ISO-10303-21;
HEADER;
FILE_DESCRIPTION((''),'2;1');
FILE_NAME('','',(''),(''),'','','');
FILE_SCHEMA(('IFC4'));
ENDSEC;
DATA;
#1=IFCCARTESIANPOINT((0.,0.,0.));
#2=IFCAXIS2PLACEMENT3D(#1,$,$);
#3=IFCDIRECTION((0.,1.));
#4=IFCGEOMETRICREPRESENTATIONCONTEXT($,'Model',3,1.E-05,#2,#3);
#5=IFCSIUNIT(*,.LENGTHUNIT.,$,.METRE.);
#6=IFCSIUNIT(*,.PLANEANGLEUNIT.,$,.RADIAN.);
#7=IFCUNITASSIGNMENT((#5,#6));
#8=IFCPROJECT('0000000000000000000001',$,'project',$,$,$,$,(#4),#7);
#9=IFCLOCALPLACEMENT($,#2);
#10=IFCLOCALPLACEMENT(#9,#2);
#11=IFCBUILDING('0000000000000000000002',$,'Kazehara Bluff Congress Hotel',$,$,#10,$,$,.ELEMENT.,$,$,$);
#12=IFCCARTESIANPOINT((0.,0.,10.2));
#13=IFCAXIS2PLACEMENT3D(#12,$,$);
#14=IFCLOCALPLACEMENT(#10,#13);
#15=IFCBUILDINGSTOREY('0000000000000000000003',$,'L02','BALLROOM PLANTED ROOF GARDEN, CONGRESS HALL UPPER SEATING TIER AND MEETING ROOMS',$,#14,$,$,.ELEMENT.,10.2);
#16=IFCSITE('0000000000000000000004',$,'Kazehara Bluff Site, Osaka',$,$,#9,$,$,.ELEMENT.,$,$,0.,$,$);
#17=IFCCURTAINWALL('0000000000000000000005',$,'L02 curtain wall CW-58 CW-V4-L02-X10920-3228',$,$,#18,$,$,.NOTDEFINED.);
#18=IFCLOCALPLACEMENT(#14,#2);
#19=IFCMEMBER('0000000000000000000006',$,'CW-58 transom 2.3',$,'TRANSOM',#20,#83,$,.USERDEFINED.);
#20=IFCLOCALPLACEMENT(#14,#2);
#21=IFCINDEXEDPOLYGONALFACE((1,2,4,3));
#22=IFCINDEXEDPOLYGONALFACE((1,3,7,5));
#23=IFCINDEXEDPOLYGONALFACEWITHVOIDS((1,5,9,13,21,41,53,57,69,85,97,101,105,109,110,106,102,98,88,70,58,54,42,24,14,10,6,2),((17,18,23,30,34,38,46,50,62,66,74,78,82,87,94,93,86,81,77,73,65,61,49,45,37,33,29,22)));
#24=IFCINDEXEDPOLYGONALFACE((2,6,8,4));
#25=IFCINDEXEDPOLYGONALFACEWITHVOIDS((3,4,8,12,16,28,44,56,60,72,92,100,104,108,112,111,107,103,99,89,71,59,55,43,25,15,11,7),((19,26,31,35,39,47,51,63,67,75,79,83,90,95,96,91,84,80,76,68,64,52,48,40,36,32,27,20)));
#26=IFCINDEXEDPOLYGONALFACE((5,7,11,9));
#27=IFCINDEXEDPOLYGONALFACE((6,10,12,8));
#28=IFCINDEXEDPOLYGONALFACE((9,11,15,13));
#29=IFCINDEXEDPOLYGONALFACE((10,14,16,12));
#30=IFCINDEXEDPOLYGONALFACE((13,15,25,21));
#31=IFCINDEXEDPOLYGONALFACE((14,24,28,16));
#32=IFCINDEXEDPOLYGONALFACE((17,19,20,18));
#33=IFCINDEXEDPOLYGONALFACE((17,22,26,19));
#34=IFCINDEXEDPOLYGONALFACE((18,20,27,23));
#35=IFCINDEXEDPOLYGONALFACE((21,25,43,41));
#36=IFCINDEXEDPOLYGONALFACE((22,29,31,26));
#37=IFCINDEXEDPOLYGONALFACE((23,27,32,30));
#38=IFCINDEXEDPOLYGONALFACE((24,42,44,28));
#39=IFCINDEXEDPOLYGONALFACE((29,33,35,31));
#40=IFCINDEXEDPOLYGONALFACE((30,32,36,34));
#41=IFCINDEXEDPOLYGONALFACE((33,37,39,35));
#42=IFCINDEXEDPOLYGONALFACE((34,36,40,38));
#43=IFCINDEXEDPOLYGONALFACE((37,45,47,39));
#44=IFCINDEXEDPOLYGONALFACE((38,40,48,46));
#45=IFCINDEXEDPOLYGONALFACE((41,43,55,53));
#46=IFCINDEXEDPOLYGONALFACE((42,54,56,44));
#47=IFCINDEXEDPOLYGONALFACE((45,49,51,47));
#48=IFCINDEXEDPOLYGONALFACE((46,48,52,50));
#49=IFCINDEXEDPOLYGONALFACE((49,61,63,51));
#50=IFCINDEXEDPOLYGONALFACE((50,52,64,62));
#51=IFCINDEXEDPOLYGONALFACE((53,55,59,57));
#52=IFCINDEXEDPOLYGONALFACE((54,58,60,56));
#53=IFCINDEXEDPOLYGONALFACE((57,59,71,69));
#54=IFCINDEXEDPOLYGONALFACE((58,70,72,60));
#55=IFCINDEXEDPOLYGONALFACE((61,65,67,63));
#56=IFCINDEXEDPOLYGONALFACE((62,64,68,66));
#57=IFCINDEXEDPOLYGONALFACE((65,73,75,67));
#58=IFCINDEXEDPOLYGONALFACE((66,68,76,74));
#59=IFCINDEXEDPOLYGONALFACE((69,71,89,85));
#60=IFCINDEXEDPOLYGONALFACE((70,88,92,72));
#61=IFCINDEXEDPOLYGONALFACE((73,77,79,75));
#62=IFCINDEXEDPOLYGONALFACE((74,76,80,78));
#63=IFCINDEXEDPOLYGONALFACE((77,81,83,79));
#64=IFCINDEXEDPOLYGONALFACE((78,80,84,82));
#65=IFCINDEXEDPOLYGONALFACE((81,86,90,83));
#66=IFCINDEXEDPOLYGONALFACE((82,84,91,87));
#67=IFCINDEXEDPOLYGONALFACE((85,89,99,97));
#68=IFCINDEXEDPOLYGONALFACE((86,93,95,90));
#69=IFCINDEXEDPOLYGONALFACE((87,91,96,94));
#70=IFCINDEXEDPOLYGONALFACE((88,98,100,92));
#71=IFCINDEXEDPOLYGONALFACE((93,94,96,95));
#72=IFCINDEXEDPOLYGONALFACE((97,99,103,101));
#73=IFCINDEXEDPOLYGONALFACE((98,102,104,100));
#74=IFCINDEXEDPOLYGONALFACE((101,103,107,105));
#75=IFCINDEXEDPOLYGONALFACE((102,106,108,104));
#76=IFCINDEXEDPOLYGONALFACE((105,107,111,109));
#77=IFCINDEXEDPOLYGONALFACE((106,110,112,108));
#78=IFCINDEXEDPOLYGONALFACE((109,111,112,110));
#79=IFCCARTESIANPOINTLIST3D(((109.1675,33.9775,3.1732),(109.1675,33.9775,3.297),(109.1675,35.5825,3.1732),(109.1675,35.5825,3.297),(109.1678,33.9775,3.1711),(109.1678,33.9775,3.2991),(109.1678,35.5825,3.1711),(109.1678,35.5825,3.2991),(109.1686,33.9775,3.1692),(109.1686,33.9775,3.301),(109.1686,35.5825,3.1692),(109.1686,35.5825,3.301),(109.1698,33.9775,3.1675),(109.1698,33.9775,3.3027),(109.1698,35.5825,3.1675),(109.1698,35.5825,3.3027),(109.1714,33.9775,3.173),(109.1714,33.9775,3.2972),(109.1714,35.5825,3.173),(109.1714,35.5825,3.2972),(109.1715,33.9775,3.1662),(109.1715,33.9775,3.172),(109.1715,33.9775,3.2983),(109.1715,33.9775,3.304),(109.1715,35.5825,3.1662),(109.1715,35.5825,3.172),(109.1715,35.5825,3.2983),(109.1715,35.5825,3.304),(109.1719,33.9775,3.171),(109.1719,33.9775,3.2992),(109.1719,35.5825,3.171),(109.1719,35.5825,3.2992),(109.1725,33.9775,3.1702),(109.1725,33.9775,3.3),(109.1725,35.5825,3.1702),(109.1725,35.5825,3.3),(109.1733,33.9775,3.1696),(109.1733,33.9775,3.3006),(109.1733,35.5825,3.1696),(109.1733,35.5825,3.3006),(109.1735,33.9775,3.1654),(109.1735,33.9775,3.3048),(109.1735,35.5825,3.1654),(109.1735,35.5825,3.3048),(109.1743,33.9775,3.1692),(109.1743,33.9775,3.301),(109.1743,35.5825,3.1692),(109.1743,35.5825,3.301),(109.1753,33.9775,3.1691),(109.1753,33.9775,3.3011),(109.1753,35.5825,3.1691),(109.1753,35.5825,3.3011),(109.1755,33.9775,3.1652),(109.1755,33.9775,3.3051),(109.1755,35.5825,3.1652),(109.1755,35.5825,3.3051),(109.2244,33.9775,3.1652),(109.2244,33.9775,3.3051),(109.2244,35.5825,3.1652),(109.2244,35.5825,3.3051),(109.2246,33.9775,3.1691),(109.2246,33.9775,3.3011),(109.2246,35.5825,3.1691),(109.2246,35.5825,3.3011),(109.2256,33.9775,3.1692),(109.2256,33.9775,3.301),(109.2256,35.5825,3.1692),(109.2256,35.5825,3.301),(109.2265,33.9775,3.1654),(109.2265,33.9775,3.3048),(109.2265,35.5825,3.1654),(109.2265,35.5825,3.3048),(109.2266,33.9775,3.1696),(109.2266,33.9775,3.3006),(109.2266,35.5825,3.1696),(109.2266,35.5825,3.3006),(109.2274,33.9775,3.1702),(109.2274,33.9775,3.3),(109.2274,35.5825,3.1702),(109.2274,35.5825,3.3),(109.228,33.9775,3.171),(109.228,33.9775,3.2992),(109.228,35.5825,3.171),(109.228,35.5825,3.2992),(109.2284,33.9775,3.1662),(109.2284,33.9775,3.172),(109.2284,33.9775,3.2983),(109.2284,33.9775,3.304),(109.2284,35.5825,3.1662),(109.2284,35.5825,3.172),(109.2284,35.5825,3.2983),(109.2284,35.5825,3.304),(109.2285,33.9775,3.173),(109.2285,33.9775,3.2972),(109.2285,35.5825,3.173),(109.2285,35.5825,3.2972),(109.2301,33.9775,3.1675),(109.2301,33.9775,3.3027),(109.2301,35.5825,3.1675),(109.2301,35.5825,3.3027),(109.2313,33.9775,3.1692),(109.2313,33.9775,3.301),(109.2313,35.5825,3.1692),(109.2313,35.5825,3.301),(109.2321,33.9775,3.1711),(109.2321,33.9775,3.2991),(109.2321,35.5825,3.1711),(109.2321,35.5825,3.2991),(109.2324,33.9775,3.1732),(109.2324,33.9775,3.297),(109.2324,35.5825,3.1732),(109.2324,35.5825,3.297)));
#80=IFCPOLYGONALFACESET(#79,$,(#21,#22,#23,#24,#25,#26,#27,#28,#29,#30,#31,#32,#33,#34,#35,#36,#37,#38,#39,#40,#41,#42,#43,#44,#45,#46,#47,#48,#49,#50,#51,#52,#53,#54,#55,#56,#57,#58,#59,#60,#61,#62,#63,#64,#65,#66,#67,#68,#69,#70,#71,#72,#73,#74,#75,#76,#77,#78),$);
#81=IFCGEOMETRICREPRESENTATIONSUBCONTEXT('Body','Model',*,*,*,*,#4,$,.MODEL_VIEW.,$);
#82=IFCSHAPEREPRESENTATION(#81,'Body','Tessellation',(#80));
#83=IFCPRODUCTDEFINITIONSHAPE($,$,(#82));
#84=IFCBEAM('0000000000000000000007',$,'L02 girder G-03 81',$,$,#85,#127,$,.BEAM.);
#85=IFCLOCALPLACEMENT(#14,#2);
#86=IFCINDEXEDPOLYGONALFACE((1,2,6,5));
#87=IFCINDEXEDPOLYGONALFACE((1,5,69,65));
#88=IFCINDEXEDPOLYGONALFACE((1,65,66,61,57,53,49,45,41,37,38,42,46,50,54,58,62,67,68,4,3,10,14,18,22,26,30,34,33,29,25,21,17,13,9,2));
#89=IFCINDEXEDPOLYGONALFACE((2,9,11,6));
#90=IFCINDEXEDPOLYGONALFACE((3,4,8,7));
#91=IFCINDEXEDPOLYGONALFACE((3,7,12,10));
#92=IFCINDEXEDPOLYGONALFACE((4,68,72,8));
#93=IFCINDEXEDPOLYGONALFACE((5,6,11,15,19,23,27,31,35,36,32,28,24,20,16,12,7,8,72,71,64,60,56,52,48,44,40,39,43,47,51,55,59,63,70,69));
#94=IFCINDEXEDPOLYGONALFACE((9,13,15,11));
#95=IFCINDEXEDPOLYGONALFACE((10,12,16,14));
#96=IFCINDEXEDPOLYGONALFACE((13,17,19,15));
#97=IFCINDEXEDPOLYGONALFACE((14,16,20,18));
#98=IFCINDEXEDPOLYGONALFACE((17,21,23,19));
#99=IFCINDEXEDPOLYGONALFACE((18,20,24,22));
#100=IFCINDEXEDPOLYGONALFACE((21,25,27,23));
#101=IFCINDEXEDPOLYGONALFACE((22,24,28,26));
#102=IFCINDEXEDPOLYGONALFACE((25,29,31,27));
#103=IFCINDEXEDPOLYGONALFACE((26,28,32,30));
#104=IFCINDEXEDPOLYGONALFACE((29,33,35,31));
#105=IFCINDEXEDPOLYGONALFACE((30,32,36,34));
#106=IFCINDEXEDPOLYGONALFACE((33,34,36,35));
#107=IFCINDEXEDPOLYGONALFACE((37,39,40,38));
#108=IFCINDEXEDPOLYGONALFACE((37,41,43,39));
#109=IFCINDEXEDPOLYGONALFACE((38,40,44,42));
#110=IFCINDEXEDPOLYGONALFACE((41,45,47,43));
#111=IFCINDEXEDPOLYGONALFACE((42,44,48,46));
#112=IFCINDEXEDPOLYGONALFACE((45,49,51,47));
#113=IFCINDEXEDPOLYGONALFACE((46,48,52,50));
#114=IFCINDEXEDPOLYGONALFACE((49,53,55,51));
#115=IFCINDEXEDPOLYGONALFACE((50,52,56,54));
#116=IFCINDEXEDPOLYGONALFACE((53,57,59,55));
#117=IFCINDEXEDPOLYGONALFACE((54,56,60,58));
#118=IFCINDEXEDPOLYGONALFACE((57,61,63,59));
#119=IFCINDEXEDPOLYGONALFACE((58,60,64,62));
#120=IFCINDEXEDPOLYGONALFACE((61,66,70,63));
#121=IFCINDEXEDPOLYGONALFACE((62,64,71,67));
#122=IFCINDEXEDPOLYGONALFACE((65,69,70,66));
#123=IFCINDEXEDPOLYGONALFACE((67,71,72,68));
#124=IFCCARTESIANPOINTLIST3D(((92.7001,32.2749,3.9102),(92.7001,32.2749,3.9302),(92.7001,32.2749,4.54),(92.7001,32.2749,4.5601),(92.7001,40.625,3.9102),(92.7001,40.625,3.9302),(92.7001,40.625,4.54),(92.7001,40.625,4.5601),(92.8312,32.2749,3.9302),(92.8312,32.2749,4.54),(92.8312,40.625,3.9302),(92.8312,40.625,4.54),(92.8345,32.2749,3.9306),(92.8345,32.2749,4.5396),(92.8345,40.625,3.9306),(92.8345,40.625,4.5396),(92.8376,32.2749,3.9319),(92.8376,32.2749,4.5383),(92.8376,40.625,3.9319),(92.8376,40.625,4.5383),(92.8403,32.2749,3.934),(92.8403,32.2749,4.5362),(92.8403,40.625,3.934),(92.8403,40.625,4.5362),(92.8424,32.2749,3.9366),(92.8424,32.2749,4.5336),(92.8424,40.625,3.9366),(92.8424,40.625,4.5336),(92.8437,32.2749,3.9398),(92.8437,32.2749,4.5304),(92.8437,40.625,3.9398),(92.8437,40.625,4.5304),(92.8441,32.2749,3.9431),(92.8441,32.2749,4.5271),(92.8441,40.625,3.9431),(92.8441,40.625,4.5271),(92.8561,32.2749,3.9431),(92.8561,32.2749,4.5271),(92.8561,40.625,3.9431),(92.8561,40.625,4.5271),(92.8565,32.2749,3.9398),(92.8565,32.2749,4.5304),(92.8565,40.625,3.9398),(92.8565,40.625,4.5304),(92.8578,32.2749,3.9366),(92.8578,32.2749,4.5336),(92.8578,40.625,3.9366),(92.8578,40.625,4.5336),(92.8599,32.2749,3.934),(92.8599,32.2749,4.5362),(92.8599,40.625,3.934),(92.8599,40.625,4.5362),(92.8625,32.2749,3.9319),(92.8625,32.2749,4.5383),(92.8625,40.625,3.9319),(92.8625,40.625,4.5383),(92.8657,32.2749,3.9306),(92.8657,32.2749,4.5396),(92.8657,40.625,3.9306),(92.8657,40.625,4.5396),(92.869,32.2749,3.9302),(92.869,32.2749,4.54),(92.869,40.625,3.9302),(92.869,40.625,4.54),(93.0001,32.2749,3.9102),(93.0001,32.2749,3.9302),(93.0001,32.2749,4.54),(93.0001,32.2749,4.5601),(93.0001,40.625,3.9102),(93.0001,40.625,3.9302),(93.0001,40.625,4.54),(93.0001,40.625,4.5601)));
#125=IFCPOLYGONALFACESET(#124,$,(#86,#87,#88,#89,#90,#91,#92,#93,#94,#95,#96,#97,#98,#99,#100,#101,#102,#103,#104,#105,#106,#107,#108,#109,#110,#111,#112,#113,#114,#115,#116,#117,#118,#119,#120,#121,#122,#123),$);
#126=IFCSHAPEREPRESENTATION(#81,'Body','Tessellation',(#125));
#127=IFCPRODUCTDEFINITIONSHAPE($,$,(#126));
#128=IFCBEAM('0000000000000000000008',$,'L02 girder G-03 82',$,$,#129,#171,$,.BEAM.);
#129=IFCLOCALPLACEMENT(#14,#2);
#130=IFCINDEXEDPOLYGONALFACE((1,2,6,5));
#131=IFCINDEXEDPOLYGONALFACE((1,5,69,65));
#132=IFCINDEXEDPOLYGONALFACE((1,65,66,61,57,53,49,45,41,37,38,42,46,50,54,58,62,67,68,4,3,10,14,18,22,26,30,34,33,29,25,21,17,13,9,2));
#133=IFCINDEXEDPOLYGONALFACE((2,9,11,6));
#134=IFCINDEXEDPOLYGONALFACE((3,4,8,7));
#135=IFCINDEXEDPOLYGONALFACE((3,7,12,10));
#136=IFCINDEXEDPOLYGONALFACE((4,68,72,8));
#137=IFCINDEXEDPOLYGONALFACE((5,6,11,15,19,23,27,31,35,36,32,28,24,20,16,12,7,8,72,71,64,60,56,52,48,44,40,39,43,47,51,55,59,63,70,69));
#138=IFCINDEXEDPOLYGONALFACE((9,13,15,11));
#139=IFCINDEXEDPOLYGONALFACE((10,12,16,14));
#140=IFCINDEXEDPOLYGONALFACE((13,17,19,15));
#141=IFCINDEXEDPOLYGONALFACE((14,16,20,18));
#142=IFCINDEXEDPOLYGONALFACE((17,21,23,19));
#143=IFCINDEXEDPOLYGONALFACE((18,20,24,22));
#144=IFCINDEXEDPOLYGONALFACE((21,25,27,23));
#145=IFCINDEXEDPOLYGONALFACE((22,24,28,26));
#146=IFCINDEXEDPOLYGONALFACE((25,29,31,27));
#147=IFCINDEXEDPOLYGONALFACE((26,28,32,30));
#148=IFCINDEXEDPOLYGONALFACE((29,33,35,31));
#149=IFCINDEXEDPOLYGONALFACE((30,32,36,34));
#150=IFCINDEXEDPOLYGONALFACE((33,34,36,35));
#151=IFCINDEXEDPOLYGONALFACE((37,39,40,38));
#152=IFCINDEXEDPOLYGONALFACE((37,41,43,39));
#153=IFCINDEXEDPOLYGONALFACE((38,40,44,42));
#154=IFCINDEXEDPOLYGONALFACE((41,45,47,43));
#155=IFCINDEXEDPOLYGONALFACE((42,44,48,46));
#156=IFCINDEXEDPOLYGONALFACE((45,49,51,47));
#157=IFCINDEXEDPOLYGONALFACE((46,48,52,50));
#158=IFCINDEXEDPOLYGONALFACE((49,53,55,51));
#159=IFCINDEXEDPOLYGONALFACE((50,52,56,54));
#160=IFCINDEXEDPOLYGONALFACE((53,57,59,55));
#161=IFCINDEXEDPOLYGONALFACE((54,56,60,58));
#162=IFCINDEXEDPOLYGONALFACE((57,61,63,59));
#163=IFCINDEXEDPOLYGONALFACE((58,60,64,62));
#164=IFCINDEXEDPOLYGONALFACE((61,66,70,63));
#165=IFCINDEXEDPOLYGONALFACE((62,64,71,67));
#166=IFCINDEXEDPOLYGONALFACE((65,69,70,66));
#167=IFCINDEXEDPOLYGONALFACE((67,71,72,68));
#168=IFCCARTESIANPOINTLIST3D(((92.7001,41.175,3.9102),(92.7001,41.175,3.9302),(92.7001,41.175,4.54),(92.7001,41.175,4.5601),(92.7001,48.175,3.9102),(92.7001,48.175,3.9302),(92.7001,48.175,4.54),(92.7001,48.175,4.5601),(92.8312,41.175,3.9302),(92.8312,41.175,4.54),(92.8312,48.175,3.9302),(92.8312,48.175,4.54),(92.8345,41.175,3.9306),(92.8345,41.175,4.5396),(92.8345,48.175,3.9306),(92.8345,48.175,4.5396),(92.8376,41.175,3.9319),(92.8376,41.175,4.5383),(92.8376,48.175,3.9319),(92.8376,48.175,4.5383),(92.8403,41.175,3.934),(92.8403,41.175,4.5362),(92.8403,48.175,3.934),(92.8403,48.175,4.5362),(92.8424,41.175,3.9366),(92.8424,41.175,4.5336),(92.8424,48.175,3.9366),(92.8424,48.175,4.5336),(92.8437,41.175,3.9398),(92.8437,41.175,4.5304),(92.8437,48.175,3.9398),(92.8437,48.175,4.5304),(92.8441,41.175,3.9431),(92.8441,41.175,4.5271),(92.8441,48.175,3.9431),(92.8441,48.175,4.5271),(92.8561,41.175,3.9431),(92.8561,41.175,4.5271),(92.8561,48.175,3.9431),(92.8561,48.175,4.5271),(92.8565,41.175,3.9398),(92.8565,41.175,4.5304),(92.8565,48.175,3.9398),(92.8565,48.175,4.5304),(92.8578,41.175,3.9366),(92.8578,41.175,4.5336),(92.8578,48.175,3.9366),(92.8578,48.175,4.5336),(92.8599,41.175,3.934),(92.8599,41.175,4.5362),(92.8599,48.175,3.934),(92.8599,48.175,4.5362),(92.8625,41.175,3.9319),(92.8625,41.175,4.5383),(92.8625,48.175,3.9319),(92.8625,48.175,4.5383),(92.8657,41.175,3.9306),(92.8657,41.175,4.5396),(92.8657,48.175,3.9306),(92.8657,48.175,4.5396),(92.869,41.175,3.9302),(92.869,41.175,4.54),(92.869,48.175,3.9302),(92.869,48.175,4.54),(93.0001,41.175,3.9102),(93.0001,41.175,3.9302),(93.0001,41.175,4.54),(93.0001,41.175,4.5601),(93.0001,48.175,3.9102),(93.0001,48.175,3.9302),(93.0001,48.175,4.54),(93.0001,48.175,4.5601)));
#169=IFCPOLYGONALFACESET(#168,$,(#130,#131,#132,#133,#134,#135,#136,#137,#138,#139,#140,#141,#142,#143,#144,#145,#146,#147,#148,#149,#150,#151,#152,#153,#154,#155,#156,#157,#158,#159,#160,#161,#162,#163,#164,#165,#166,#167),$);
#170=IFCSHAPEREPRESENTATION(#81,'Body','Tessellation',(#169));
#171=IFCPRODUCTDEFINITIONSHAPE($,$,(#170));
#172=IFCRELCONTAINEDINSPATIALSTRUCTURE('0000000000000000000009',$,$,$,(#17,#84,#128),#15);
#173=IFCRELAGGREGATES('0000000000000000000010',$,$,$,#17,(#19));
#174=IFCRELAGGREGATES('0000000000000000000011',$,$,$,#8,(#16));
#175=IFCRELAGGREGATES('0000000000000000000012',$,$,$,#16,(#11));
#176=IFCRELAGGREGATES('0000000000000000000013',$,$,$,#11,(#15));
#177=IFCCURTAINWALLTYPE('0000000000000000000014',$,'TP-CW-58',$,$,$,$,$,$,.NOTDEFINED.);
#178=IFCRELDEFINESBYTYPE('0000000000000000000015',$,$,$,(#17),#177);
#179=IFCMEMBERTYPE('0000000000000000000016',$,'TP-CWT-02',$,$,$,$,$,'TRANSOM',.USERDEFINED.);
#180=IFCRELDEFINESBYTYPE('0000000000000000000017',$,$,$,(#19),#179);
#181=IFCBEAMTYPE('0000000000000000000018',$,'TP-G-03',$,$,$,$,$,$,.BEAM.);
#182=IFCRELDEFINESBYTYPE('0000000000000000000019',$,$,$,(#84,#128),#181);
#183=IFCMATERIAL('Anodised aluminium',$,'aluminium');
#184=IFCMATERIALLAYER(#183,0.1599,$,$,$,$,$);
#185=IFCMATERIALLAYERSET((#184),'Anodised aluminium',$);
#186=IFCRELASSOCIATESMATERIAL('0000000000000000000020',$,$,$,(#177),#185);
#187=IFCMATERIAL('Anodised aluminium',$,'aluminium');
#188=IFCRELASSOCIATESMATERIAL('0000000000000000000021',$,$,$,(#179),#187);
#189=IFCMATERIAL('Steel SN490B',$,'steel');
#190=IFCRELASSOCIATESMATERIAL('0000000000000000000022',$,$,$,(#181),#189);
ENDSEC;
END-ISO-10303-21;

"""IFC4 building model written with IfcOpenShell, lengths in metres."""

from ifc_helpers import new_model, si_unit, direction, frame, origin, origin_2d, place, context, subcontext, project, spatial, hollow_rectangle, i_section, extrude, material, layer, layer_set, material_profile, profile_set, type_object, element, aggregate, save


model = new_model("IFC4")

# Units and contexts
model_context = context("Model", 3, precision=1e-05, world=origin(), true_north=direction((0.0, 1.0)))
body_context = subcontext(model_context, "Body", "Model", "MODEL_VIEW")
ifc_project = project(units=[si_unit("LENGTHUNIT", "METRE"), si_unit("PLANEANGLEUNIT", "RADIAN")], contexts=[model_context])

# Site, building, storey
site_placement = place(None, origin())
site = spatial("IfcSite", under=ifc_project, at=site_placement, Name="Kazehara Bluff Site, Osaka", CompositionType="ELEMENT", RefElevation=0.0)
building_placement = place(site_placement, origin())
building = spatial("IfcBuilding", under=site, at=building_placement, Name="Kazehara Bluff Congress Hotel", CompositionType="ELEMENT")
storey_placement = place(building_placement, frame((0.0, 0.0, 10.2)))
storey = spatial("IfcBuildingStorey", under=building, at=storey_placement, Name="L02", Description="BALLROOM PLANTED ROOF GARDEN, CONGRESS HALL UPPER SEATING TIER AND MEETING ROOMS", CompositionType="ELEMENT", Elevation=10.2)

# Curtain wall, member
ifc_material_1 = material(Name="Anodised aluminium", Category="aluminium")
ifc_layer_1 = layer(ifc_material_1, 0.1599)
ifc_layer_set_1 = layer_set([ifc_layer_1], Name="Anodised aluminium")
curtain_wall_type = type_object("IfcCurtainWallType", Name="TP-CW-58", PredefinedType="NOTDEFINED", material=ifc_layer_set_1)
curtain_wall_placement = place(storey_placement, origin())
curtain_wall = element("IfcCurtainWall", 1, at=curtain_wall_placement, inside=storey, type_object=curtain_wall_type, Name="L02 curtain wall CW-58 CW-V4-L02-X10920-3228", PredefinedType="NOTDEFINED")
ifc_material_2 = material(Name="Anodised aluminium", Category="aluminium")
ifc_material_profile_1 = material_profile(ifc_material_2, hollow_rectangle(XDim=0.0649, YDim=0.1399, WallThickness=0.0039, InnerFilletRadius=0.0039, OuterFilletRadius=0.0081, at=origin_2d()))
ifc_profile_set_1 = profile_set([ifc_material_profile_1], Name="Anodised aluminium")
member_type_1 = type_object("IfcMemberType", Name="TP-CWT-02", ElementType="TRANSOM", PredefinedType="USERDEFINED", material=ifc_profile_set_1)
member_1_placement = place(storey_placement, frame((109.2, 33.9775, 3.2351), z_axis=(0.0, 1.0, 0.0), x_axis=(-1.0, 0.0, 0.0)))
member_1 = element("IfcMember", 2, at=member_1_placement, type_object=member_type_1, Name="CW-58 transom 2.3", ObjectType="TRANSOM", PredefinedType="USERDEFINED", context=body_context, shape_type="SweptSolid", body=[
    extrude(hollow_rectangle(XDim=0.0649, YDim=0.1399, WallThickness=0.0039, InnerFilletRadius=0.0039, OuterFilletRadius=0.0081, at=origin_2d()), origin(), (0.0, 0.0, 1.0), 1.605),
])

# Beams
ifc_material_3 = material(Name="Steel SN490B", Category="steel")
ifc_material_profile_2 = material_profile(ifc_material_3, i_section(OverallWidth=0.3, OverallDepth=0.6499, WebThickness=0.012, FlangeThickness=0.02, FilletRadius=0.0129, at=origin_2d()))
ifc_profile_set_2 = profile_set([ifc_material_profile_2], Name="Steel SN490B")
beam_type_1 = type_object("IfcBeamType", Name="TP-G-03", PredefinedType="BEAM", material=ifc_profile_set_2)
beam_1_placement = place(storey_placement, frame((92.8501, 32.2749, 4.2351), z_axis=(0.0, 1.0, 0.0), x_axis=(-1.0, 0.0, 0.0)))
element("IfcBeam", 3, at=beam_1_placement, inside=storey, type_object=beam_type_1, Name="L02 girder G-03 81", PredefinedType="BEAM", context=body_context, shape_type="SweptSolid", body=[
    extrude(i_section(OverallWidth=0.3, OverallDepth=0.6499, WebThickness=0.012, FlangeThickness=0.02, FilletRadius=0.0129, at=origin_2d()), origin(), (0.0, 0.0, 1.0), 8.3501),
])
beam_2_placement = place(storey_placement, frame((92.8501, 41.175, 4.2351), z_axis=(0.0, 1.0, 0.0), x_axis=(-1.0, 0.0, 0.0)))
element("IfcBeam", 4, at=beam_2_placement, inside=storey, type_object=beam_type_1, Name="L02 girder G-03 82", PredefinedType="BEAM", context=body_context, shape_type="SweptSolid", body=[
    extrude(i_section(OverallWidth=0.3, OverallDepth=0.6499, WebThickness=0.012, FlangeThickness=0.02, FilletRadius=0.0129, at=origin_2d()), origin(), (0.0, 0.0, 1.0), 7.0),
])

aggregate(curtain_wall, [member_1])

save(model, "model.ifc")
